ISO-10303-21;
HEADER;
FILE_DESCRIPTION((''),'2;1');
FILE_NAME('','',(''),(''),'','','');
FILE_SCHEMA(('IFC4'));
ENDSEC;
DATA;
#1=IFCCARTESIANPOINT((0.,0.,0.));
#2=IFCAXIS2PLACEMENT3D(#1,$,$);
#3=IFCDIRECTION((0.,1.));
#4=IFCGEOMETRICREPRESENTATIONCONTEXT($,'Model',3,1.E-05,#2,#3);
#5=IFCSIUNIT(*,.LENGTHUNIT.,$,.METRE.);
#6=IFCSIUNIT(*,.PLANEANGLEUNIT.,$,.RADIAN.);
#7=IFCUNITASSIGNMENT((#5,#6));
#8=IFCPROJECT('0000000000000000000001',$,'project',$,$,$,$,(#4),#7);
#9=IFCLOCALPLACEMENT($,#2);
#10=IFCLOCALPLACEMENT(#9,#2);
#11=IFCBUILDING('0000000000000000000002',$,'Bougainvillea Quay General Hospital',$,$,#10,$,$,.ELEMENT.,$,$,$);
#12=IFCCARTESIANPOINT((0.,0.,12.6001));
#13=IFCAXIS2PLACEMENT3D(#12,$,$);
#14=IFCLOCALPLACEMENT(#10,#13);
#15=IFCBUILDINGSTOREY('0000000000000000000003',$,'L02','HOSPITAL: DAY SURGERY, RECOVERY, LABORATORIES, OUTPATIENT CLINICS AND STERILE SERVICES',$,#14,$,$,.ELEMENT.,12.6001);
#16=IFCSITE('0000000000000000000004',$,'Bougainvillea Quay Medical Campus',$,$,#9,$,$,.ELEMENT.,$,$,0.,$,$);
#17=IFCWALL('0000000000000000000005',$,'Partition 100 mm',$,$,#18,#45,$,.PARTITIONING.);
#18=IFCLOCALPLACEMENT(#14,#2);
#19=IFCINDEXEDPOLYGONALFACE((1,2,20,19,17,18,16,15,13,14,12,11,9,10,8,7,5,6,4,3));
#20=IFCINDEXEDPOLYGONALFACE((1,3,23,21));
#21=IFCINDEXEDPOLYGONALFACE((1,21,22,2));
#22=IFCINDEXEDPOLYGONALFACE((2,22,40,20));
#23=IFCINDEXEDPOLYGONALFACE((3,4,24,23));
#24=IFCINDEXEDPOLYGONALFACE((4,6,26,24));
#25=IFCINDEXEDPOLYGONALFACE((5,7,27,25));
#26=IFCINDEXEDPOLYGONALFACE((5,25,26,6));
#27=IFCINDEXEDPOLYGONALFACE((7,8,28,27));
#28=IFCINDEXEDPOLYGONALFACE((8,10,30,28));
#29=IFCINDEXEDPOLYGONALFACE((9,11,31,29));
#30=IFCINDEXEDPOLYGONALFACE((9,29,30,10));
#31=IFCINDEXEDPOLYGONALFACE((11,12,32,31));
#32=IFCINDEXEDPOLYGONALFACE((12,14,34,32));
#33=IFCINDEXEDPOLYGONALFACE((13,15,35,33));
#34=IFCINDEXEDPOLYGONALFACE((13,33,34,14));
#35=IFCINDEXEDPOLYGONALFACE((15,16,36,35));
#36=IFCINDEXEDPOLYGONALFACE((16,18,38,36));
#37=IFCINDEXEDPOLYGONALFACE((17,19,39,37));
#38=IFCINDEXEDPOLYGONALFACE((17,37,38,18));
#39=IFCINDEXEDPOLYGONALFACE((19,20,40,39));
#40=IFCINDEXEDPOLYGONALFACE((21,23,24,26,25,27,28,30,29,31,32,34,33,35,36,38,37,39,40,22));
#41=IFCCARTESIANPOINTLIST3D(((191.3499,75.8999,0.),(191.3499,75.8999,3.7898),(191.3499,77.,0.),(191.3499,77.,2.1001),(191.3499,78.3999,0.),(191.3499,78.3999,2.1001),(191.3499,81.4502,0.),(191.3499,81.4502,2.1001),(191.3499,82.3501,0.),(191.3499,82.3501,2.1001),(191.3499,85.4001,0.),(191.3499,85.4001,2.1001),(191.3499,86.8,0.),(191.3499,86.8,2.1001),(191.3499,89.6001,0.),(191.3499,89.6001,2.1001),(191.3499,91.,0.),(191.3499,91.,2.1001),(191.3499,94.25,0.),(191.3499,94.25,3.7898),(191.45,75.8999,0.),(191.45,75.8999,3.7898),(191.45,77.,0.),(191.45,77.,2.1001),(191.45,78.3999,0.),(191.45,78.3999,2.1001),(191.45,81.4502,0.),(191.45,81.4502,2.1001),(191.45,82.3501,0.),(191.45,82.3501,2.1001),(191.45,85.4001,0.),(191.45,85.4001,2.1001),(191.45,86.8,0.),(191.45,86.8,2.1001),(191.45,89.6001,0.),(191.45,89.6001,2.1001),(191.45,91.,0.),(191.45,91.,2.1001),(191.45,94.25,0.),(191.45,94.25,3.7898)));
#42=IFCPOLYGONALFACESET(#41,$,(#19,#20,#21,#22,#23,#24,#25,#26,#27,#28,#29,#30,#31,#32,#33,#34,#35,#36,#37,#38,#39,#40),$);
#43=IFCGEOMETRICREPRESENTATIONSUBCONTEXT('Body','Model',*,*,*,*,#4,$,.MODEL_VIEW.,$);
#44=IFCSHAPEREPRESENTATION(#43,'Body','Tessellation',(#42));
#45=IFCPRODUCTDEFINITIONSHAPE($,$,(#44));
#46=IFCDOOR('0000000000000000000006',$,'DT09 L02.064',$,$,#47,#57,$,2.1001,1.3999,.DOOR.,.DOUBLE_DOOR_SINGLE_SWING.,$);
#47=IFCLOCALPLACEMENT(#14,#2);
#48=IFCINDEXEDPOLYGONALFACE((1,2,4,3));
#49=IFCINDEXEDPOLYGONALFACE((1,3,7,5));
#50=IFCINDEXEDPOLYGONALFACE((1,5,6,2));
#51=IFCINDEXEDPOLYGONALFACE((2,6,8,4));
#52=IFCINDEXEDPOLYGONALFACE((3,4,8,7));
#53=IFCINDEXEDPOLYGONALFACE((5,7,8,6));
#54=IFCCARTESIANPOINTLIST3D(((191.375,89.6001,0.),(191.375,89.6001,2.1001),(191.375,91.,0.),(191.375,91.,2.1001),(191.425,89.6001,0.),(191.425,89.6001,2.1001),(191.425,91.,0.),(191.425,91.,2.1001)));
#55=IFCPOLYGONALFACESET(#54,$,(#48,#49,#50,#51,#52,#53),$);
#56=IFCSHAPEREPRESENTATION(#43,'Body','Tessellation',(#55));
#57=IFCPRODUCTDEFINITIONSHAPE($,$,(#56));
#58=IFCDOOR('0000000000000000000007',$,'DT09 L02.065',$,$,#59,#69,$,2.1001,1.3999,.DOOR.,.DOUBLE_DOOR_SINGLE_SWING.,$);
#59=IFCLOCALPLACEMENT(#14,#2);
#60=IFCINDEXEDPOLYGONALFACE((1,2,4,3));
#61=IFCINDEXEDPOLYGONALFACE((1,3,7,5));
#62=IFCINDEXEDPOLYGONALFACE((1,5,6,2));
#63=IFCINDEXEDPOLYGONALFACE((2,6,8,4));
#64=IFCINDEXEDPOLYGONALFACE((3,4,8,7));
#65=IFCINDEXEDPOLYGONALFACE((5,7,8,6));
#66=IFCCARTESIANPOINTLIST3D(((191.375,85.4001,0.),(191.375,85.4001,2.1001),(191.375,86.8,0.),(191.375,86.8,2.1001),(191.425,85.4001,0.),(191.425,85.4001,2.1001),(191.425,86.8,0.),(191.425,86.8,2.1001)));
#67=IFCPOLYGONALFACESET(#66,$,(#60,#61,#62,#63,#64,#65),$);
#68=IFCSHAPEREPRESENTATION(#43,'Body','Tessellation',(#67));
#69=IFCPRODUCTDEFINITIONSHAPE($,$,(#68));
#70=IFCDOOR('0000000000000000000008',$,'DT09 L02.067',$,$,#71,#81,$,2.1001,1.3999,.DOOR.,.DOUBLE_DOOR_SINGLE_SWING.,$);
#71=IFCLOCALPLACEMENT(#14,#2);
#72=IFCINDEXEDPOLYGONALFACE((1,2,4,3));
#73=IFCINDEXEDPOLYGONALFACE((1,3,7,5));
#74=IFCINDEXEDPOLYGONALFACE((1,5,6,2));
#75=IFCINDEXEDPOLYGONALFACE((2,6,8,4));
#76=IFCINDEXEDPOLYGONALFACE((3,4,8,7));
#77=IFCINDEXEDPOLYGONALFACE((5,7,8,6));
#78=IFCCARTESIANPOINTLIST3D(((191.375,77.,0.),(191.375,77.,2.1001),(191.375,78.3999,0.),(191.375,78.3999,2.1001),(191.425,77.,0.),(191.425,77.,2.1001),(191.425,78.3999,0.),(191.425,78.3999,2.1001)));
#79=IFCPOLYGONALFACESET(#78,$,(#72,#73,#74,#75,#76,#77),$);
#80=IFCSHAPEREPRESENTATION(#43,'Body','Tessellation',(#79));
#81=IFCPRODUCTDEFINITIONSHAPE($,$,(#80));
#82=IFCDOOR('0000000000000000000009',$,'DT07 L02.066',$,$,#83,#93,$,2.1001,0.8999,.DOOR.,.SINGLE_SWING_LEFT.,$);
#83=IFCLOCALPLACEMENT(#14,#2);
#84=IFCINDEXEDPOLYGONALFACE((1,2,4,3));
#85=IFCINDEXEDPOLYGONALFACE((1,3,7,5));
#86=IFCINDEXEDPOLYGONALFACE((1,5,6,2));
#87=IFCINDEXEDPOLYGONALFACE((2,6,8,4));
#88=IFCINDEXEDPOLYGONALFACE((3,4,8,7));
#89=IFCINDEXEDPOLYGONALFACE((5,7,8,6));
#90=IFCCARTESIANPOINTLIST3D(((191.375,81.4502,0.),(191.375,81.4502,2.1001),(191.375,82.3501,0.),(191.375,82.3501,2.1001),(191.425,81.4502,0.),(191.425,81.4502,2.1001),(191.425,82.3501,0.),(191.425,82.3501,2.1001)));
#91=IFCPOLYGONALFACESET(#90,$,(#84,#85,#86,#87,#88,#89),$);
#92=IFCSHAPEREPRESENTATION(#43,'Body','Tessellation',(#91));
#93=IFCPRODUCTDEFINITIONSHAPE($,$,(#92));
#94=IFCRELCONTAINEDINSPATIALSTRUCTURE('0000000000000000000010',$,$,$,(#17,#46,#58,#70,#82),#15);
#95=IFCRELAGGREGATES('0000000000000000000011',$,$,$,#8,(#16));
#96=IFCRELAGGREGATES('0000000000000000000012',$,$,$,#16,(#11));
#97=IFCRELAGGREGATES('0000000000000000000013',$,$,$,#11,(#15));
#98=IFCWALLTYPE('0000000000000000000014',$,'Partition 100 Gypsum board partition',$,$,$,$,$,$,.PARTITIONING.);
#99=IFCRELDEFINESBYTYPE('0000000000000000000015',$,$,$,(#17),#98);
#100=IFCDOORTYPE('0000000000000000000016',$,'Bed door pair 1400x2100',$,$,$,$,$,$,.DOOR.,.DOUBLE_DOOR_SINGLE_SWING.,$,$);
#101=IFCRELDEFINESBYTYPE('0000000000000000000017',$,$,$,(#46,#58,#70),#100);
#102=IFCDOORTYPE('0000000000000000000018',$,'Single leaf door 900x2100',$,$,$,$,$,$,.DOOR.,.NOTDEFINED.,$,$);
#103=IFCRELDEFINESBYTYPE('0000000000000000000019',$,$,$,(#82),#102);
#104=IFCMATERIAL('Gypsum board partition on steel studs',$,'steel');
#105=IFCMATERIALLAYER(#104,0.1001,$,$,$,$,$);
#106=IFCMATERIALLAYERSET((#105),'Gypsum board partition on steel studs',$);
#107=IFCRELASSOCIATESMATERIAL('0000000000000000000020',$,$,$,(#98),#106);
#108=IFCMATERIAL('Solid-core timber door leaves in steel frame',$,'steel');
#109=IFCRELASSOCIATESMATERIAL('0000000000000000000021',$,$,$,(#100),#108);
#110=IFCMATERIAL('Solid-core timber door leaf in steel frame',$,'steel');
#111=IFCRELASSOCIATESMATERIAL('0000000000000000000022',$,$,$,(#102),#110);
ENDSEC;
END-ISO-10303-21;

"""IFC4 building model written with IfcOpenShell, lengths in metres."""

from ifc_helpers import new_model, si_unit, direction, frame, frame_2d, origin, place, context, subcontext, project, spatial, rectangle, extrude, material, layer, layer_set, type_object, element, fill, save


model = new_model("IFC4")

# Units and contexts
model_context = context("Model", 3, precision=1e-05, world=origin(), true_north=direction((0.0, 1.0)))
body_context = subcontext(model_context, "Body", "Model", "MODEL_VIEW")
ifc_project = project(units=[si_unit("LENGTHUNIT", "METRE"), si_unit("PLANEANGLEUNIT", "RADIAN")], contexts=[model_context])

# Site, building, storey
site_placement = place(None, origin())
site = spatial("IfcSite", under=ifc_project, at=site_placement, Name="Bougainvillea Quay Medical Campus", CompositionType="ELEMENT", RefElevation=0.0)
building_placement = place(site_placement, origin())
building = spatial("IfcBuilding", under=site, at=building_placement, Name="Bougainvillea Quay General Hospital", CompositionType="ELEMENT")
storey_placement = place(building_placement, frame((0.0, 0.0, 12.6001)))
storey = spatial("IfcBuildingStorey", under=building, at=storey_placement, Name="L02", Description="HOSPITAL: DAY SURGERY, RECOVERY, LABORATORIES, OUTPATIENT CLINICS AND STERILE SERVICES", CompositionType="ELEMENT", Elevation=12.6001)

# Wall, openings, doors
ifc_material_1 = material(Name="Gypsum board partition on steel studs", Category="steel")
ifc_layer = layer(ifc_material_1, 0.1001)
ifc_layer_set = layer_set([ifc_layer], Name="Gypsum board partition on steel studs")
wall_type = type_object("IfcWallType", Name="Partition 100 Gypsum board partition", PredefinedType="PARTITIONING", material=ifc_layer_set)
wall_1_placement = place(storey_placement, frame((191.3999, 94.25, 0.0), z_axis=(0.0, 0.0, 1.0), x_axis=(0.0, -1.0, 0.0)))
wall_1 = element("IfcWall", 1, at=wall_1_placement, inside=storey, type_object=wall_type, Name="Partition 100 mm", PredefinedType="PARTITIONING", context=body_context, shape_type="SweptSolid", body=[
    extrude(rectangle(XDim=18.3501, YDim=0.1001, at=frame_2d((9.175, 0.0))), origin(), (0.0, 0.0, 1.0), 3.7898),
])
opening_1_placement = place(wall_1_placement, frame((3.25, 0.0, 0.0)))
opening_1 = element("IfcOpeningElement", 2, at=opening_1_placement, cuts=wall_1, PredefinedType="OPENING", context=body_context, shape_type="SweptSolid", body=[
    extrude(rectangle(XDim=1.3999, YDim=2.1001, at=frame_2d((0.7, 1.05))), frame((0.0, 0.0601, 0.0), z_axis=(0.0, -1.0, 0.0), x_axis=(1.0, 0.0, 0.0)), (0.0, 0.0, 1.0), 0.1201),
])
opening_2_placement = place(wall_1_placement, frame((7.45, 0.0, 0.0)))
opening_2 = element("IfcOpeningElement", 3, at=opening_2_placement, cuts=wall_1, PredefinedType="OPENING", context=body_context, shape_type="SweptSolid", body=[
    extrude(rectangle(XDim=1.3999, YDim=2.1001, at=frame_2d((0.7, 1.05))), frame((0.0, 0.0601, 0.0), z_axis=(0.0, -1.0, 0.0), x_axis=(1.0, 0.0, 0.0)), (0.0, 0.0, 1.0), 0.1201),
])
opening_3_placement = place(wall_1_placement, frame((11.8999, 0.0, 0.0)))
opening_3 = element("IfcOpeningElement", 4, at=opening_3_placement, cuts=wall_1, PredefinedType="OPENING", context=body_context, shape_type="SweptSolid", body=[
    extrude(rectangle(XDim=0.8999, YDim=2.1001, at=frame_2d((0.45, 1.05))), frame((0.0, 0.0601, 0.0), z_axis=(0.0, -1.0, 0.0), x_axis=(1.0, 0.0, 0.0)), (0.0, 0.0, 1.0), 0.1201),
])
opening_4_placement = place(wall_1_placement, frame((15.8501, 0.0, 0.0)))
opening_4 = element("IfcOpeningElement", 5, at=opening_4_placement, cuts=wall_1, PredefinedType="OPENING", context=body_context, shape_type="SweptSolid", body=[
    extrude(rectangle(XDim=1.3999, YDim=2.1001, at=frame_2d((0.7, 1.05))), frame((0.0, 0.0601, 0.0), z_axis=(0.0, -1.0, 0.0), x_axis=(1.0, 0.0, 0.0)), (0.0, 0.0, 1.0), 0.1201),
])
ifc_material_2 = material(Name="Solid-core timber door leaves in steel frame", Category="steel")
door_type_1 = type_object("IfcDoorType", Name="Bed door pair 1400x2100", OperationType="DOUBLE_DOOR_SINGLE_SWING", PredefinedType="DOOR", material=ifc_material_2)
door_1_placement = place(opening_1_placement, frame((1.3999, 0.0, 0.0), z_axis=(0.0, 0.0, 1.0), x_axis=(-1.0, 0.0, 0.0)))
door_1 = element("IfcDoor", 6, at=door_1_placement, inside=storey, type_object=door_type_1, Name="DT09 L02.064", OperationType="DOUBLE_DOOR_SINGLE_SWING", OverallHeight=2.1001, OverallWidth=1.3999, PredefinedType="DOOR", context=body_context, shape_type="SweptSolid", body=[
    extrude(rectangle(XDim=1.3999, YDim=2.1001, at=frame_2d((0.7, 1.05))), frame((0.0, 0.0249, 0.0), z_axis=(0.0, -1.0, 0.0), x_axis=(1.0, 0.0, 0.0)), (0.0, 0.0, 1.0), 0.05),
])
fill(opening_1, door_1)
door_2_placement = place(opening_2_placement, frame((1.3999, 0.0, 0.0), z_axis=(0.0, 0.0, 1.0), x_axis=(-1.0, 0.0, 0.0)))
door_2 = element("IfcDoor", 7, at=door_2_placement, inside=storey, type_object=door_type_1, Name="DT09 L02.065", OperationType="DOUBLE_DOOR_SINGLE_SWING", OverallHeight=2.1001, OverallWidth=1.3999, PredefinedType="DOOR", context=body_context, shape_type="SweptSolid", body=[
    extrude(rectangle(XDim=1.3999, YDim=2.1001, at=frame_2d((0.7, 1.05))), frame((0.0, 0.0249, 0.0), z_axis=(0.0, -1.0, 0.0), x_axis=(1.0, 0.0, 0.0)), (0.0, 0.0, 1.0), 0.05),
])
fill(opening_2, door_2)
door_3_placement = place(opening_4_placement, frame((1.3999, 0.0, 0.0), z_axis=(0.0, 0.0, 1.0), x_axis=(-1.0, 0.0, 0.0)))
door_3 = element("IfcDoor", 8, at=door_3_placement, inside=storey, type_object=door_type_1, Name="DT09 L02.067", OperationType="DOUBLE_DOOR_SINGLE_SWING", OverallHeight=2.1001, OverallWidth=1.3999, PredefinedType="DOOR", context=body_context, shape_type="SweptSolid", body=[
    extrude(rectangle(XDim=1.3999, YDim=2.1001, at=frame_2d((0.7, 1.05))), frame((0.0, 0.0249, 0.0), z_axis=(0.0, -1.0, 0.0), x_axis=(1.0, 0.0, 0.0)), (0.0, 0.0, 1.0), 0.05),
])
fill(opening_4, door_3)
ifc_material_3 = material(Name="Solid-core timber door leaf in steel frame", Category="steel")
door_type_2 = type_object("IfcDoorType", Name="Single leaf door 900x2100", OperationType="NOTDEFINED", PredefinedType="DOOR", material=ifc_material_3)
door_4_placement = place(opening_3_placement, frame((0.8999, 0.0, 0.0), z_axis=(0.0, 0.0, 1.0), x_axis=(-1.0, 0.0, 0.0)))
door_4 = element("IfcDoor", 9, at=door_4_placement, inside=storey, type_object=door_type_2, Name="DT07 L02.066", OperationType="SINGLE_SWING_LEFT", OverallHeight=2.1001, OverallWidth=0.8999, PredefinedType="DOOR", context=body_context, shape_type="SweptSolid", body=[
    extrude(rectangle(XDim=0.8999, YDim=2.1001, at=frame_2d((0.45, 1.05))), frame((0.0, 0.0249, 0.0), z_axis=(0.0, -1.0, 0.0), x_axis=(1.0, 0.0, 0.0)), (0.0, 0.0, 1.0), 0.05),
])
fill(opening_3, door_4)

save(model, "model.ifc")
